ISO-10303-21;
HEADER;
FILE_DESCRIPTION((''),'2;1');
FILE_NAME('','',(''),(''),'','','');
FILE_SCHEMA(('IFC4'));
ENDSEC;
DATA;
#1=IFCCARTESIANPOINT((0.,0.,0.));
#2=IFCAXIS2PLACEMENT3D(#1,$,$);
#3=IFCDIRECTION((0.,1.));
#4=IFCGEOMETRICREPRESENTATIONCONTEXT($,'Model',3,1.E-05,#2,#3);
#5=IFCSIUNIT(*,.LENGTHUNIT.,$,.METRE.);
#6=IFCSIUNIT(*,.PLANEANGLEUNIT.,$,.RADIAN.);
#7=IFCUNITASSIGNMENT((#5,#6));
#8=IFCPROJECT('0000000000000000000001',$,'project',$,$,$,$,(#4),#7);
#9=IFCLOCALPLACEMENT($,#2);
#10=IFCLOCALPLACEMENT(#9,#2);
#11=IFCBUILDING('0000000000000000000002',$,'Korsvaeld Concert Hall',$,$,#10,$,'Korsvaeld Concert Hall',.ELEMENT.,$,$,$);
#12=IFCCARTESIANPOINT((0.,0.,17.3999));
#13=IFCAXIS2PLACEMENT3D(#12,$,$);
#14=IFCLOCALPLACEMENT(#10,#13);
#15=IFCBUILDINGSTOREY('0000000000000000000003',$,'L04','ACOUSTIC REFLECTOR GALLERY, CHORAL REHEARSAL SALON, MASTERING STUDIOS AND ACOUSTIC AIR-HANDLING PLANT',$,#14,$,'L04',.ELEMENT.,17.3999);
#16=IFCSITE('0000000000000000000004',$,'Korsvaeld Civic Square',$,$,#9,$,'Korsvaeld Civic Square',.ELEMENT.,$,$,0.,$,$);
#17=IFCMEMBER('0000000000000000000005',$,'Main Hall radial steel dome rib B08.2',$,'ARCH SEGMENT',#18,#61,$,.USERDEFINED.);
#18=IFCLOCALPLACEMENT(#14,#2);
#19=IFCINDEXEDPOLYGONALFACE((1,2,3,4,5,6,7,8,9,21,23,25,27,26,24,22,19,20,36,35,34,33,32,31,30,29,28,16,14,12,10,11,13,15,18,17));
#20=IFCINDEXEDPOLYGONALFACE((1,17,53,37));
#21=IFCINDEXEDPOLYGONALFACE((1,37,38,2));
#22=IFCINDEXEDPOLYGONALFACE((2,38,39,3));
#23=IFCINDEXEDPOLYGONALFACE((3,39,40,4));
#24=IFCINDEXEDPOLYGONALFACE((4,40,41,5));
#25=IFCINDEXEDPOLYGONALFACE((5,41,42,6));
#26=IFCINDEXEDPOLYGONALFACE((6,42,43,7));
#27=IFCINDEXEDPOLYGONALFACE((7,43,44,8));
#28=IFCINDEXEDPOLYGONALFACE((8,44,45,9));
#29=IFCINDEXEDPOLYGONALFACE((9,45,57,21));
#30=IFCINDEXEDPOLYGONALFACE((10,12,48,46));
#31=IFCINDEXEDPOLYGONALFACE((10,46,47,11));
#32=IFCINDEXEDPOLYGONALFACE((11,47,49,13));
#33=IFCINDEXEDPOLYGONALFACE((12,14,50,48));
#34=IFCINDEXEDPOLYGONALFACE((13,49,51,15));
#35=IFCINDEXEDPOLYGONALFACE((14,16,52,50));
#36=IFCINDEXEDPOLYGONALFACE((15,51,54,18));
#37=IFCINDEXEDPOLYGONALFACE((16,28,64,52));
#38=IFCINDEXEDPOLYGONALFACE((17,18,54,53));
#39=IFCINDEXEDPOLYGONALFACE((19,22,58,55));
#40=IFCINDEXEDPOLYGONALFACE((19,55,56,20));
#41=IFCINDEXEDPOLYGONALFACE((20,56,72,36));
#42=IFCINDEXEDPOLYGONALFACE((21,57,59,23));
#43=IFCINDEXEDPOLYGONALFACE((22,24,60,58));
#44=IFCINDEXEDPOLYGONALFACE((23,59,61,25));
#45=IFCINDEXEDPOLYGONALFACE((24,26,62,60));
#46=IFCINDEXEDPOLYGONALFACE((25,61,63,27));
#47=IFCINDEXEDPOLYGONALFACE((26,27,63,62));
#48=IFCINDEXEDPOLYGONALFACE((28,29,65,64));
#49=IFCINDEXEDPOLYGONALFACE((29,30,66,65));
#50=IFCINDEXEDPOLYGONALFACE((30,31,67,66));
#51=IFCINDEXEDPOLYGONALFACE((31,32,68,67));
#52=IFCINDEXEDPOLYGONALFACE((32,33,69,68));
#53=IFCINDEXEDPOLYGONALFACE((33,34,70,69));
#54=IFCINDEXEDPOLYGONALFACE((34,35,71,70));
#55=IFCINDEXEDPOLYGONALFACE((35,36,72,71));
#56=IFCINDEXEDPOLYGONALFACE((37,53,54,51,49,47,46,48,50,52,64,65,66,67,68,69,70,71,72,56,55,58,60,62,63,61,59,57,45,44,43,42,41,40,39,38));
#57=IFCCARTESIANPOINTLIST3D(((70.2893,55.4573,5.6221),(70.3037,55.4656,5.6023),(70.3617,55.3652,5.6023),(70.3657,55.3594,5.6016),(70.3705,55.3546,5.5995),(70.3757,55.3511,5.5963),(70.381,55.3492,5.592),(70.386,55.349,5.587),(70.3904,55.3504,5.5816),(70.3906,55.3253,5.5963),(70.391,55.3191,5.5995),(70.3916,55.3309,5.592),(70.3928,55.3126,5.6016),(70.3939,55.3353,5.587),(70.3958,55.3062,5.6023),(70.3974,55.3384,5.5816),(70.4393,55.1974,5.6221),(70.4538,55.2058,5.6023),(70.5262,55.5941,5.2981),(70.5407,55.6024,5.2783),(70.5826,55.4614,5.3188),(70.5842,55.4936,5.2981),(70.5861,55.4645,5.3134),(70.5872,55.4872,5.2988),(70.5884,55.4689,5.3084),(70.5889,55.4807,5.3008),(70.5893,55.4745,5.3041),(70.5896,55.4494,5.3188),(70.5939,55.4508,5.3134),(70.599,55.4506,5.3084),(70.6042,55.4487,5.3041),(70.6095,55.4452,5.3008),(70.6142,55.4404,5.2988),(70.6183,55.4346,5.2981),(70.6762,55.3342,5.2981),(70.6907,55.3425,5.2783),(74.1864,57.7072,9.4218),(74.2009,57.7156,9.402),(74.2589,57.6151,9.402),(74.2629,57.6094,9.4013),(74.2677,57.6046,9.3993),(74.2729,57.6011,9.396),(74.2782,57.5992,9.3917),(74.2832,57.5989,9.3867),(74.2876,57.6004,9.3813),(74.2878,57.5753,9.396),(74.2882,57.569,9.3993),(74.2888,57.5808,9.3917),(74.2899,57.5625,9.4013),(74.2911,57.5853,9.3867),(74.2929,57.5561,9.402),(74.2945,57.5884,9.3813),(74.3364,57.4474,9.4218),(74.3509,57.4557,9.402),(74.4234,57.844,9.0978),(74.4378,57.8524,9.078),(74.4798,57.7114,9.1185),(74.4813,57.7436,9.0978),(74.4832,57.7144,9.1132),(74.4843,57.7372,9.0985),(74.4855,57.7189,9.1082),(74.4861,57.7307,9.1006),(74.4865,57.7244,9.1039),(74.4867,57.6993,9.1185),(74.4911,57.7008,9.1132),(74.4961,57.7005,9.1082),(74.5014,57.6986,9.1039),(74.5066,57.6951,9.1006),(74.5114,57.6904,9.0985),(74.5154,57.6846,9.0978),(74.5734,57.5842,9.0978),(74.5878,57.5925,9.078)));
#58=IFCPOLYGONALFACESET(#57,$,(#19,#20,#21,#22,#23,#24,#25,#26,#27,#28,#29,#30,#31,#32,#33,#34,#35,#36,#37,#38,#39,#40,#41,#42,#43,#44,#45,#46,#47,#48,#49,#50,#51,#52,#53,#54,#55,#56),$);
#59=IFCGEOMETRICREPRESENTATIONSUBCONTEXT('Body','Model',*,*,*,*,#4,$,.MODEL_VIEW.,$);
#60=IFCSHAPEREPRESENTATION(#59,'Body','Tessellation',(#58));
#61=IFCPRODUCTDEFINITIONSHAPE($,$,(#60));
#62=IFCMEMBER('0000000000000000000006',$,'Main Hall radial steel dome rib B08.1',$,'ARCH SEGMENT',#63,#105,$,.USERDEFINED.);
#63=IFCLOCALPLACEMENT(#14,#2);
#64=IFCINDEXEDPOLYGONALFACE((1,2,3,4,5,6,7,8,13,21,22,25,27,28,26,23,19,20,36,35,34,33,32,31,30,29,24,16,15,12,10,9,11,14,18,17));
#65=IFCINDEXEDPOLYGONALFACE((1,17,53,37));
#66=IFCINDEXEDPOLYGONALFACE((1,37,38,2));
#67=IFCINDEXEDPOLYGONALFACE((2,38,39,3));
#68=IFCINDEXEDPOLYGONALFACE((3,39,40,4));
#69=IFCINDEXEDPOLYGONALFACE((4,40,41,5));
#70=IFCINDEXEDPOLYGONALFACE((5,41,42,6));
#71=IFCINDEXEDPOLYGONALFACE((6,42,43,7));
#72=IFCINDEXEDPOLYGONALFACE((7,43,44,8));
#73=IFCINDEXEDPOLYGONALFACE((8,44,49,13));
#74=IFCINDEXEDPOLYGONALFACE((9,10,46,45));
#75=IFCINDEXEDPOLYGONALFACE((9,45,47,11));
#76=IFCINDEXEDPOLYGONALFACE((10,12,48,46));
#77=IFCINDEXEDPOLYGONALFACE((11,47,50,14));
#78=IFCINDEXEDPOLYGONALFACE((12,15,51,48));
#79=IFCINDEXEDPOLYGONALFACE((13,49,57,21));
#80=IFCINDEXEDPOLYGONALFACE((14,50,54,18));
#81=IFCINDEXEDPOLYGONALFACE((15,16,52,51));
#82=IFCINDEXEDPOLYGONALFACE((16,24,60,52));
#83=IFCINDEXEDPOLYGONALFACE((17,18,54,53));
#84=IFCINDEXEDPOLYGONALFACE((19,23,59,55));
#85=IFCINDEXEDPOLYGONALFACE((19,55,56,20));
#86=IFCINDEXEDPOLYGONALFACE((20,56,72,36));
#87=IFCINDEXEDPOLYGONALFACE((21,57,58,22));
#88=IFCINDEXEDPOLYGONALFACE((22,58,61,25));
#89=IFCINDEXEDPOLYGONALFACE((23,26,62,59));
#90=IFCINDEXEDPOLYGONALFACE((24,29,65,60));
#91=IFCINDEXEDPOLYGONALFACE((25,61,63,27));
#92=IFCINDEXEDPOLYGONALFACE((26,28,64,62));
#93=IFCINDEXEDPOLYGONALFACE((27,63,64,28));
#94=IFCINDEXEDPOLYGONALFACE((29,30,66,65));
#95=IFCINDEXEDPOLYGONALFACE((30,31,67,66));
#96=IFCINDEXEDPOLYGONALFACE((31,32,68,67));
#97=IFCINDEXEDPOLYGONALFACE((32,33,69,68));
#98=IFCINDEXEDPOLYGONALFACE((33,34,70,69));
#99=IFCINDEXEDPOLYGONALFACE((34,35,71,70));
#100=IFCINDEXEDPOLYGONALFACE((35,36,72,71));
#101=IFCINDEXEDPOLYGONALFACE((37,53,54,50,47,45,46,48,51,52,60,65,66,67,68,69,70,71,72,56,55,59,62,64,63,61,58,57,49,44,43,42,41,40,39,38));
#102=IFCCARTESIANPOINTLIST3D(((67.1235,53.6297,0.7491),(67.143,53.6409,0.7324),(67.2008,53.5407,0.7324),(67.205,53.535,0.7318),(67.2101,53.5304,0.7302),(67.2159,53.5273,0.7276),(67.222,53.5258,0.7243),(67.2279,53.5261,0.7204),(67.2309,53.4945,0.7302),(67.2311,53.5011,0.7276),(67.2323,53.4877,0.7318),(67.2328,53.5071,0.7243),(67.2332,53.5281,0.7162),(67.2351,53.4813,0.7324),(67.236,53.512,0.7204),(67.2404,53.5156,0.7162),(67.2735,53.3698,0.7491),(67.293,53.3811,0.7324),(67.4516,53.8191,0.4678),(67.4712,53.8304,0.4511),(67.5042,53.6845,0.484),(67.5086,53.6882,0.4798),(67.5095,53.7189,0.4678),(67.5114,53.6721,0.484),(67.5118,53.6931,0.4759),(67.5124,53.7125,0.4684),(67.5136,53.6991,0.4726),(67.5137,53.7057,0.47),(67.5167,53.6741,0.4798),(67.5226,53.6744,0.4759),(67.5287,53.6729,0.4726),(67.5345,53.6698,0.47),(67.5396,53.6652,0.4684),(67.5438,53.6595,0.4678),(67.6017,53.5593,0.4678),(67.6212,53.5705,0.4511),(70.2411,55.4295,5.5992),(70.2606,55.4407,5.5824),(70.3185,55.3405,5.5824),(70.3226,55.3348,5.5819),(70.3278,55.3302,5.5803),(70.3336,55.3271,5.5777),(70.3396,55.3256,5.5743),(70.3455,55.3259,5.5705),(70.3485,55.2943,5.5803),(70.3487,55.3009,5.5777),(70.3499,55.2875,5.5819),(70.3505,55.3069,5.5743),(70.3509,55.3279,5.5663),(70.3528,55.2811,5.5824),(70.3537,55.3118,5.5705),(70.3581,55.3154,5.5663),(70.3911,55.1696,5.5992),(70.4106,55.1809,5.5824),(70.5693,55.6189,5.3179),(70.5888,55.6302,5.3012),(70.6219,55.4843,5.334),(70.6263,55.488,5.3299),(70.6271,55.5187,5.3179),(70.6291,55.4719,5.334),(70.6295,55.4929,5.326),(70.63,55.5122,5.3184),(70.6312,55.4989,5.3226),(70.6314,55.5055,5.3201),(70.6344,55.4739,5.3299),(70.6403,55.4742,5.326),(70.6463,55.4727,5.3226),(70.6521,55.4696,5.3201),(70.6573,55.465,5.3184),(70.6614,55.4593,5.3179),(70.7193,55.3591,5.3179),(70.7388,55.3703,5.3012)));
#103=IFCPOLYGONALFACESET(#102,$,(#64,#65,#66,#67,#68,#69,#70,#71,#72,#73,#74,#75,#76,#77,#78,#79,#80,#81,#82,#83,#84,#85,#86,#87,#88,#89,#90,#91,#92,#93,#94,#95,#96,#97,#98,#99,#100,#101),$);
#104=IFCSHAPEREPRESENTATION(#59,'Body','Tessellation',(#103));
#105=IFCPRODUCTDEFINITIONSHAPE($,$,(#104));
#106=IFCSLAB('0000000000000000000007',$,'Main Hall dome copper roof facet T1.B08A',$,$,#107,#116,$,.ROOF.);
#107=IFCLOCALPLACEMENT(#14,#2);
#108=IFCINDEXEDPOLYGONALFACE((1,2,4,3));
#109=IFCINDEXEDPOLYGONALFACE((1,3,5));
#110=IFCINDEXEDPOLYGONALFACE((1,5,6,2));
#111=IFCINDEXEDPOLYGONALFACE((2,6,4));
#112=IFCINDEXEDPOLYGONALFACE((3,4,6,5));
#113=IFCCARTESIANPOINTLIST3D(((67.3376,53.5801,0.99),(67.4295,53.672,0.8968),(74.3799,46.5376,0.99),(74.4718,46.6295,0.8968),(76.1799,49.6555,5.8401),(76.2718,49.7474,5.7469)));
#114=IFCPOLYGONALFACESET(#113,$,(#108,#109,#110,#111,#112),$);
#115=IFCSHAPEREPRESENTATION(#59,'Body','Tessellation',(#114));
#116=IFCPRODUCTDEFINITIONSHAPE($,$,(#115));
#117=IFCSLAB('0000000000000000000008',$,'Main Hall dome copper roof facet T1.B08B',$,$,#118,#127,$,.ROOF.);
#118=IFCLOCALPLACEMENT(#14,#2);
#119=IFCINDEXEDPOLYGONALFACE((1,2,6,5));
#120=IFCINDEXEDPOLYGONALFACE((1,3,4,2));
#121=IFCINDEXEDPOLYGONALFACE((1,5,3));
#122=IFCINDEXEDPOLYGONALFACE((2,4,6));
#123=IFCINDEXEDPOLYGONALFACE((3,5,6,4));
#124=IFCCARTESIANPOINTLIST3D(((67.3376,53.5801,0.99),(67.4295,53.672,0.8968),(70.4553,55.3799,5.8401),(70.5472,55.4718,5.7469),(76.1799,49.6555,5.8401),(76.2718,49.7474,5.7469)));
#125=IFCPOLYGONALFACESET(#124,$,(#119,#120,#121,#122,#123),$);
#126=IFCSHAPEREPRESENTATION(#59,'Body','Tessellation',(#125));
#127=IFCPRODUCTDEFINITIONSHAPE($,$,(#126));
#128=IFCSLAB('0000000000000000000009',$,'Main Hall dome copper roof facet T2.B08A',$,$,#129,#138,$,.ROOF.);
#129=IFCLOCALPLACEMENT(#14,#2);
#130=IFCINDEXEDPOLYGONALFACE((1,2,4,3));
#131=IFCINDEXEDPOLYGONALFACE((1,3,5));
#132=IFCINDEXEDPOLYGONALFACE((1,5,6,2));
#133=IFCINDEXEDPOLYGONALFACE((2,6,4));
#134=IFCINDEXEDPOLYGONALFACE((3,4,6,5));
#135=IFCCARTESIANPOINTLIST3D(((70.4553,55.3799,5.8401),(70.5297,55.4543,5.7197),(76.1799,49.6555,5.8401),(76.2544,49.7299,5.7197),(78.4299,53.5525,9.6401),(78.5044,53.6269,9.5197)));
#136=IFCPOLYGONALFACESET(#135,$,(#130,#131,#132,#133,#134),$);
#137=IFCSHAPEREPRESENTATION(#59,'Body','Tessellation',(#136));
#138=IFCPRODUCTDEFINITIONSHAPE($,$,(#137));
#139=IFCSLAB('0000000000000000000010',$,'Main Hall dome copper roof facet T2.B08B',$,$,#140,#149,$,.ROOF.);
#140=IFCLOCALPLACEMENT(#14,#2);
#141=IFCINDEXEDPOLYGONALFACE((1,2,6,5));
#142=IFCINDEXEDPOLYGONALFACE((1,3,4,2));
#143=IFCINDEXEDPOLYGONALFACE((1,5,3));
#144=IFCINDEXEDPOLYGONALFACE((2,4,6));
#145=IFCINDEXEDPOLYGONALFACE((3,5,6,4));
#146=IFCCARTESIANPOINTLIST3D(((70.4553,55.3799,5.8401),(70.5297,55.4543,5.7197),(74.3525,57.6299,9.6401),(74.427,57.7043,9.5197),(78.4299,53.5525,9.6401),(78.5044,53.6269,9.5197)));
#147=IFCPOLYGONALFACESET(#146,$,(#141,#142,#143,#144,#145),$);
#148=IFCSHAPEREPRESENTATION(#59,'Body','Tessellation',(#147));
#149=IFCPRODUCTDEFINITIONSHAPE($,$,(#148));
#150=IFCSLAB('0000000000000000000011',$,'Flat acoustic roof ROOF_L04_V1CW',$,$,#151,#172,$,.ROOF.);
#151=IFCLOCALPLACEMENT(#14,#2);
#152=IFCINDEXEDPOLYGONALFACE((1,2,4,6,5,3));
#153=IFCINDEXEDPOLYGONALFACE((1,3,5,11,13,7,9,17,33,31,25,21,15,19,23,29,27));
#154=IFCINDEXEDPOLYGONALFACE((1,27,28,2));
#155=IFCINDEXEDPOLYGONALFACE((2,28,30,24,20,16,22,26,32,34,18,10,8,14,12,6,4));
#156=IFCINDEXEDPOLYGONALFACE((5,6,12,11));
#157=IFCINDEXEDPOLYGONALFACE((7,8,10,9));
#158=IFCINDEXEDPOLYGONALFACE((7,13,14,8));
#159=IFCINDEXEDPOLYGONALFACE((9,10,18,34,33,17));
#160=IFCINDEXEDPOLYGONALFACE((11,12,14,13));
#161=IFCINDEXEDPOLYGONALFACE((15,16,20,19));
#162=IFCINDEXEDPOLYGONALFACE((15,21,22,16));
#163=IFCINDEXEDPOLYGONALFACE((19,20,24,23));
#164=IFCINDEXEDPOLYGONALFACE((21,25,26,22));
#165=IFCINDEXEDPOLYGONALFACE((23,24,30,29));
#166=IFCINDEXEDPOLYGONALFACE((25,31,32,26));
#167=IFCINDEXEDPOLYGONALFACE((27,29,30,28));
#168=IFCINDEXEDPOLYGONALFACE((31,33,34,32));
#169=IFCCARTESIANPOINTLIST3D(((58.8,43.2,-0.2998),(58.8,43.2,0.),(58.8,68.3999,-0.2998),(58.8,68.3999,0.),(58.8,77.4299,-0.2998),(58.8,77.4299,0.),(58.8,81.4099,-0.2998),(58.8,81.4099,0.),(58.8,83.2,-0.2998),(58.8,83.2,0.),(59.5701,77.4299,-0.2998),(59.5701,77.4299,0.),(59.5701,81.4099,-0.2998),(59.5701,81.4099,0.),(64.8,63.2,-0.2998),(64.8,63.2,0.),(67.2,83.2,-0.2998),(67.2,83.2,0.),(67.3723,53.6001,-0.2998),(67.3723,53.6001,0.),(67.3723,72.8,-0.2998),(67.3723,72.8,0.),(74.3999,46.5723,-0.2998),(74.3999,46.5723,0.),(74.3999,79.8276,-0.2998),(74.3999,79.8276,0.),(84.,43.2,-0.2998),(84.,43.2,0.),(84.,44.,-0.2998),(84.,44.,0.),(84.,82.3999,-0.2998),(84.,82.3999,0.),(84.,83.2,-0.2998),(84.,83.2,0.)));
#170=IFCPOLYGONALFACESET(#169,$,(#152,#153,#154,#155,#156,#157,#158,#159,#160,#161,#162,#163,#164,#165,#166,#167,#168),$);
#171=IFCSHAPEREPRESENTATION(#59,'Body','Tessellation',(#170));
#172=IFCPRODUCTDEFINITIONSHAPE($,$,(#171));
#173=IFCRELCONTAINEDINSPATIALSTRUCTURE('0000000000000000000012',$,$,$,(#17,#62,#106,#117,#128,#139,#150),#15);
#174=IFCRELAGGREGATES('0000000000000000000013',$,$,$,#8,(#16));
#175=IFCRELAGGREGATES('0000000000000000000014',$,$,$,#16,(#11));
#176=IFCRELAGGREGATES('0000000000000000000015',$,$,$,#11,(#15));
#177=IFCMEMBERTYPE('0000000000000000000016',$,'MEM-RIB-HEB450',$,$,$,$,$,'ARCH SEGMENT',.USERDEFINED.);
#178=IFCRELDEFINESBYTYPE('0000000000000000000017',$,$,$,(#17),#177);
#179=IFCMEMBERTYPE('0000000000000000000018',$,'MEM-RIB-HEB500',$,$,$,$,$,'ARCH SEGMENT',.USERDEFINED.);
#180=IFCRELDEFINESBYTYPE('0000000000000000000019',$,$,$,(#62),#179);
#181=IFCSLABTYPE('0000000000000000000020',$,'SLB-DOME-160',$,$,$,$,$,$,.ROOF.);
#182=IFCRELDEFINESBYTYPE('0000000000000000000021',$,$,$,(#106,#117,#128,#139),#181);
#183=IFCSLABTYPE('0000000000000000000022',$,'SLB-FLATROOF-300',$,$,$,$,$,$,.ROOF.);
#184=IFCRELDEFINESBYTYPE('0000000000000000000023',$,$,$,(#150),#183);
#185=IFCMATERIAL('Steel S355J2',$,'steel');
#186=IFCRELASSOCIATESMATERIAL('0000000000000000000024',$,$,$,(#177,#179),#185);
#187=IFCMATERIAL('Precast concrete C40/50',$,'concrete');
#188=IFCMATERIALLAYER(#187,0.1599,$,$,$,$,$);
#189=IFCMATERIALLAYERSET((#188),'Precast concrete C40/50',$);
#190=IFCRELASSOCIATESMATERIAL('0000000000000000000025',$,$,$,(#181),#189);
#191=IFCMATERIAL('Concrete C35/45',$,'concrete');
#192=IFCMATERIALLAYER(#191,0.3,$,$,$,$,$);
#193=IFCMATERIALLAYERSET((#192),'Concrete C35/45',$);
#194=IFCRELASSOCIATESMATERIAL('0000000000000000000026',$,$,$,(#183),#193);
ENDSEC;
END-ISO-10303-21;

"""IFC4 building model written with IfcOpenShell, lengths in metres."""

from ifc_helpers import new_model, si_unit, direction, frame, origin, origin_2d, place, context, subcontext, project, spatial, polyline, i_section, outline, extrude, material, layer, layer_set, material_profile, profile_set, type_object, element, save


model = new_model("IFC4")

# Units and contexts
model_context = context("Model", 3, precision=1e-05, world=origin(), true_north=direction((0.0, 1.0)))
body_context = subcontext(model_context, "Body", "Model", "MODEL_VIEW")
ifc_project = project(units=[si_unit("LENGTHUNIT", "METRE"), si_unit("PLANEANGLEUNIT", "RADIAN")], contexts=[model_context])

# Site, building, storey
site_placement = place(None, origin())
site = spatial("IfcSite", under=ifc_project, at=site_placement, Name="Korsvaeld Civic Square", LongName="Korsvaeld Civic Square", CompositionType="ELEMENT", RefElevation=0.0)
building_placement = place(site_placement, origin())
building = spatial("IfcBuilding", under=site, at=building_placement, Name="Korsvaeld Concert Hall", LongName="Korsvaeld Concert Hall", CompositionType="ELEMENT")
storey_placement = place(building_placement, frame((0.0, 0.0, 17.3999)))
storey = spatial("IfcBuildingStorey", under=building, at=storey_placement, Name="L04", Description="ACOUSTIC REFLECTOR GALLERY, CHORAL REHEARSAL SALON, MASTERING STUDIOS AND ACOUSTIC AIR-HANDLING PLANT", LongName="L04", CompositionType="ELEMENT", Elevation=17.3999)

# Shared definitions
ifc_material_1 = material(Name="Steel S355J2", Category="steel")

# Members
ifc_material_profile_1 = material_profile(ifc_material_1, i_section(OverallWidth=0.3, OverallDepth=0.45, WebThickness=0.0139, FlangeThickness=0.0259, FilletRadius=0.0271, at=origin_2d()), Name="HEB 450")
ifc_profile_set_1 = profile_set([ifc_material_profile_1], Name="Steel S355J2")
member_type_1 = type_object("IfcMemberType", Name="MEM-RIB-HEB450", ElementType="ARCH SEGMENT", PredefinedType="USERDEFINED", material=ifc_profile_set_1)
member_1_placement = place(storey_placement, frame((70.49, 55.3999, 5.4502), z_axis=(0.661693, 0.382019, 0.645154), x_axis=(-0.49999, 0.866031, 0.0)))
element("IfcMember", 1, at=member_1_placement, inside=storey, type_object=member_type_1, Name="Main Hall radial steel dome rib B08.2", ObjectType="ARCH SEGMENT", PredefinedType="USERDEFINED", context=body_context, shape_type="SweptSolid", body=[
    extrude(i_section(OverallWidth=0.3, OverallDepth=0.45, WebThickness=0.0139, FlangeThickness=0.0259, FilletRadius=0.0271, at=origin_2d()), origin(), (0.0, 0.0, 1.0), 5.8896),
])
ifc_material_profile_2 = material_profile(ifc_material_1, i_section(OverallWidth=0.3, OverallDepth=0.5, WebThickness=0.0144, FlangeThickness=0.0281, FilletRadius=0.0271, at=origin_2d()), Name="HEB 500")
ifc_profile_set_2 = profile_set([ifc_material_profile_2], Name="Steel S355J2")
member_type_2 = type_object("IfcMemberType", Name="MEM-RIB-HEB500", ElementType="ARCH SEGMENT", PredefinedType="USERDEFINED", material=ifc_profile_set_2)
member_2_placement = place(storey_placement, frame((67.3723, 53.6001, 0.6001), z_axis=(0.516164, 0.297977, 0.802985), x_axis=(-0.499961, 0.866048, 0.0)))
element("IfcMember", 2, at=member_2_placement, inside=storey, type_object=member_type_2, Name="Main Hall radial steel dome rib B08.1", ObjectType="ARCH SEGMENT", PredefinedType="USERDEFINED", context=body_context, shape_type="SweptSolid", body=[
    extrude(i_section(OverallWidth=0.3, OverallDepth=0.5, WebThickness=0.0144, FlangeThickness=0.0281, FilletRadius=0.0271, at=origin_2d()), origin(), (0.0, 0.0, 1.0), 6.04),
])

# Slabs
ifc_material_2 = material(Name="Precast concrete C40/50", Category="concrete")
ifc_layer_1 = layer(ifc_material_2, 0.1599)
ifc_layer_set_1 = layer_set([ifc_layer_1], Name="Precast concrete C40/50")
slab_type_1 = type_object("IfcSlabType", Name="SLB-DOME-160", PredefinedType="ROOF", material=ifc_layer_set_1)
slab_1_placement = place(storey_placement, frame((67.3376, 53.5801, 0.99), z_axis=(-0.574668, -0.574648, 0.582697), x_axis=(0.707095, -0.707119, 0.0)))
element("IfcSlab", 3, at=slab_1_placement, inside=storey, type_object=slab_type_1, Name="Main Hall dome copper roof facet T1.B08A", PredefinedType="ROOF", context=body_context, shape_type="SweptSolid", body=[
    extrude(outline(polyline([(0.0, 0.0), (9.9594, 0.0), (9.0275, 5.968), (0.0, 0.0)])), origin(), (0.0, 0.0, -1.0), 0.1599),
])
slab_2_placement = place(storey_placement, frame((67.3376, 53.5801, 0.99), z_axis=(-0.574666, -0.57469, 0.582658), x_axis=(0.81708, -0.362653, 0.448178)))
element("IfcSlab", 4, at=slab_2_placement, inside=storey, type_object=slab_type_1, Name="Main Hall dome copper roof facet T1.B08B", PredefinedType="ROOF", context=body_context, shape_type="SweptSolid", body=[
    extrude(outline(polyline([(0.0, 0.0), (10.8218, 0.0), (4.0684, 4.4644), (0.0, 0.0)])), origin(), (0.0, 0.0, -1.0), 0.1599),
])
slab_3_placement = place(storey_placement, frame((70.4553, 55.3799, 5.8401), z_axis=(-0.4654, -0.46542, 0.752853), x_axis=(0.707122, -0.707092, 0.0)))
element("IfcSlab", 5, at=slab_3_placement, inside=storey, type_object=slab_type_1, Name="Main Hall dome copper roof facet T2.B08A", PredefinedType="ROOF", context=body_context, shape_type="SweptSolid", body=[
    extrude(outline(polyline([(0.0, 0.0), (8.0956, 0.0), (6.9312, 5.7735), (0.0, 0.0)])), origin(), (0.0, 0.0, -1.0), 0.1599),
])
slab_4_placement = place(storey_placement, frame((70.4553, 55.3799, 5.8401), z_axis=(-0.465401, -0.465401, 0.752864), x_axis=(0.884028, -0.202576, 0.421256)))
element("IfcSlab", 6, at=slab_4_placement, inside=storey, type_object=slab_type_1, Name="Main Hall dome copper roof facet T2.B08B", PredefinedType="ROOF", context=body_context, shape_type="SweptSolid", body=[
    extrude(outline(polyline([(0.0, 0.0), (9.0208, 0.0), (4.5902, 3.6906), (0.0, 0.0)])), origin(), (0.0, 0.0, -1.0), 0.1599),
])
ifc_material_3 = material(Name="Concrete C35/45", Category="concrete")
ifc_layer_2 = layer(ifc_material_3, 0.3)
ifc_layer_set_2 = layer_set([ifc_layer_2], Name="Concrete C35/45")
slab_type_2 = type_object("IfcSlabType", Name="SLB-FLATROOF-300", PredefinedType="ROOF", material=ifc_layer_set_2)
slab_5_placement = place(storey_placement, frame((0.0, 0.0, -0.2998)))
element("IfcSlab", 7, at=slab_5_placement, inside=storey, type_object=slab_type_2, Name="Flat acoustic roof ROOF_L04_V1CW", PredefinedType="ROOF", context=body_context, shape_type="SweptSolid", body=[
    extrude(outline(polyline([(58.8, 77.4299), (59.5701, 77.4299), (59.5701, 81.4099), (58.8, 81.4099), (58.8, 83.2), (67.2, 83.2), (84.0, 83.2), (84.0, 82.3999), (74.3999, 79.8276), (67.3723, 72.8), (64.8, 63.2), (67.3723, 53.6001), (74.3999, 46.5723), (84.0, 44.0), (84.0, 43.2), (58.8, 43.2), (58.8, 68.3999), (58.8, 77.4299)])), origin(), (0.0, 0.0, 1.0), 0.2998),
])

save(model, "model.ifc")
